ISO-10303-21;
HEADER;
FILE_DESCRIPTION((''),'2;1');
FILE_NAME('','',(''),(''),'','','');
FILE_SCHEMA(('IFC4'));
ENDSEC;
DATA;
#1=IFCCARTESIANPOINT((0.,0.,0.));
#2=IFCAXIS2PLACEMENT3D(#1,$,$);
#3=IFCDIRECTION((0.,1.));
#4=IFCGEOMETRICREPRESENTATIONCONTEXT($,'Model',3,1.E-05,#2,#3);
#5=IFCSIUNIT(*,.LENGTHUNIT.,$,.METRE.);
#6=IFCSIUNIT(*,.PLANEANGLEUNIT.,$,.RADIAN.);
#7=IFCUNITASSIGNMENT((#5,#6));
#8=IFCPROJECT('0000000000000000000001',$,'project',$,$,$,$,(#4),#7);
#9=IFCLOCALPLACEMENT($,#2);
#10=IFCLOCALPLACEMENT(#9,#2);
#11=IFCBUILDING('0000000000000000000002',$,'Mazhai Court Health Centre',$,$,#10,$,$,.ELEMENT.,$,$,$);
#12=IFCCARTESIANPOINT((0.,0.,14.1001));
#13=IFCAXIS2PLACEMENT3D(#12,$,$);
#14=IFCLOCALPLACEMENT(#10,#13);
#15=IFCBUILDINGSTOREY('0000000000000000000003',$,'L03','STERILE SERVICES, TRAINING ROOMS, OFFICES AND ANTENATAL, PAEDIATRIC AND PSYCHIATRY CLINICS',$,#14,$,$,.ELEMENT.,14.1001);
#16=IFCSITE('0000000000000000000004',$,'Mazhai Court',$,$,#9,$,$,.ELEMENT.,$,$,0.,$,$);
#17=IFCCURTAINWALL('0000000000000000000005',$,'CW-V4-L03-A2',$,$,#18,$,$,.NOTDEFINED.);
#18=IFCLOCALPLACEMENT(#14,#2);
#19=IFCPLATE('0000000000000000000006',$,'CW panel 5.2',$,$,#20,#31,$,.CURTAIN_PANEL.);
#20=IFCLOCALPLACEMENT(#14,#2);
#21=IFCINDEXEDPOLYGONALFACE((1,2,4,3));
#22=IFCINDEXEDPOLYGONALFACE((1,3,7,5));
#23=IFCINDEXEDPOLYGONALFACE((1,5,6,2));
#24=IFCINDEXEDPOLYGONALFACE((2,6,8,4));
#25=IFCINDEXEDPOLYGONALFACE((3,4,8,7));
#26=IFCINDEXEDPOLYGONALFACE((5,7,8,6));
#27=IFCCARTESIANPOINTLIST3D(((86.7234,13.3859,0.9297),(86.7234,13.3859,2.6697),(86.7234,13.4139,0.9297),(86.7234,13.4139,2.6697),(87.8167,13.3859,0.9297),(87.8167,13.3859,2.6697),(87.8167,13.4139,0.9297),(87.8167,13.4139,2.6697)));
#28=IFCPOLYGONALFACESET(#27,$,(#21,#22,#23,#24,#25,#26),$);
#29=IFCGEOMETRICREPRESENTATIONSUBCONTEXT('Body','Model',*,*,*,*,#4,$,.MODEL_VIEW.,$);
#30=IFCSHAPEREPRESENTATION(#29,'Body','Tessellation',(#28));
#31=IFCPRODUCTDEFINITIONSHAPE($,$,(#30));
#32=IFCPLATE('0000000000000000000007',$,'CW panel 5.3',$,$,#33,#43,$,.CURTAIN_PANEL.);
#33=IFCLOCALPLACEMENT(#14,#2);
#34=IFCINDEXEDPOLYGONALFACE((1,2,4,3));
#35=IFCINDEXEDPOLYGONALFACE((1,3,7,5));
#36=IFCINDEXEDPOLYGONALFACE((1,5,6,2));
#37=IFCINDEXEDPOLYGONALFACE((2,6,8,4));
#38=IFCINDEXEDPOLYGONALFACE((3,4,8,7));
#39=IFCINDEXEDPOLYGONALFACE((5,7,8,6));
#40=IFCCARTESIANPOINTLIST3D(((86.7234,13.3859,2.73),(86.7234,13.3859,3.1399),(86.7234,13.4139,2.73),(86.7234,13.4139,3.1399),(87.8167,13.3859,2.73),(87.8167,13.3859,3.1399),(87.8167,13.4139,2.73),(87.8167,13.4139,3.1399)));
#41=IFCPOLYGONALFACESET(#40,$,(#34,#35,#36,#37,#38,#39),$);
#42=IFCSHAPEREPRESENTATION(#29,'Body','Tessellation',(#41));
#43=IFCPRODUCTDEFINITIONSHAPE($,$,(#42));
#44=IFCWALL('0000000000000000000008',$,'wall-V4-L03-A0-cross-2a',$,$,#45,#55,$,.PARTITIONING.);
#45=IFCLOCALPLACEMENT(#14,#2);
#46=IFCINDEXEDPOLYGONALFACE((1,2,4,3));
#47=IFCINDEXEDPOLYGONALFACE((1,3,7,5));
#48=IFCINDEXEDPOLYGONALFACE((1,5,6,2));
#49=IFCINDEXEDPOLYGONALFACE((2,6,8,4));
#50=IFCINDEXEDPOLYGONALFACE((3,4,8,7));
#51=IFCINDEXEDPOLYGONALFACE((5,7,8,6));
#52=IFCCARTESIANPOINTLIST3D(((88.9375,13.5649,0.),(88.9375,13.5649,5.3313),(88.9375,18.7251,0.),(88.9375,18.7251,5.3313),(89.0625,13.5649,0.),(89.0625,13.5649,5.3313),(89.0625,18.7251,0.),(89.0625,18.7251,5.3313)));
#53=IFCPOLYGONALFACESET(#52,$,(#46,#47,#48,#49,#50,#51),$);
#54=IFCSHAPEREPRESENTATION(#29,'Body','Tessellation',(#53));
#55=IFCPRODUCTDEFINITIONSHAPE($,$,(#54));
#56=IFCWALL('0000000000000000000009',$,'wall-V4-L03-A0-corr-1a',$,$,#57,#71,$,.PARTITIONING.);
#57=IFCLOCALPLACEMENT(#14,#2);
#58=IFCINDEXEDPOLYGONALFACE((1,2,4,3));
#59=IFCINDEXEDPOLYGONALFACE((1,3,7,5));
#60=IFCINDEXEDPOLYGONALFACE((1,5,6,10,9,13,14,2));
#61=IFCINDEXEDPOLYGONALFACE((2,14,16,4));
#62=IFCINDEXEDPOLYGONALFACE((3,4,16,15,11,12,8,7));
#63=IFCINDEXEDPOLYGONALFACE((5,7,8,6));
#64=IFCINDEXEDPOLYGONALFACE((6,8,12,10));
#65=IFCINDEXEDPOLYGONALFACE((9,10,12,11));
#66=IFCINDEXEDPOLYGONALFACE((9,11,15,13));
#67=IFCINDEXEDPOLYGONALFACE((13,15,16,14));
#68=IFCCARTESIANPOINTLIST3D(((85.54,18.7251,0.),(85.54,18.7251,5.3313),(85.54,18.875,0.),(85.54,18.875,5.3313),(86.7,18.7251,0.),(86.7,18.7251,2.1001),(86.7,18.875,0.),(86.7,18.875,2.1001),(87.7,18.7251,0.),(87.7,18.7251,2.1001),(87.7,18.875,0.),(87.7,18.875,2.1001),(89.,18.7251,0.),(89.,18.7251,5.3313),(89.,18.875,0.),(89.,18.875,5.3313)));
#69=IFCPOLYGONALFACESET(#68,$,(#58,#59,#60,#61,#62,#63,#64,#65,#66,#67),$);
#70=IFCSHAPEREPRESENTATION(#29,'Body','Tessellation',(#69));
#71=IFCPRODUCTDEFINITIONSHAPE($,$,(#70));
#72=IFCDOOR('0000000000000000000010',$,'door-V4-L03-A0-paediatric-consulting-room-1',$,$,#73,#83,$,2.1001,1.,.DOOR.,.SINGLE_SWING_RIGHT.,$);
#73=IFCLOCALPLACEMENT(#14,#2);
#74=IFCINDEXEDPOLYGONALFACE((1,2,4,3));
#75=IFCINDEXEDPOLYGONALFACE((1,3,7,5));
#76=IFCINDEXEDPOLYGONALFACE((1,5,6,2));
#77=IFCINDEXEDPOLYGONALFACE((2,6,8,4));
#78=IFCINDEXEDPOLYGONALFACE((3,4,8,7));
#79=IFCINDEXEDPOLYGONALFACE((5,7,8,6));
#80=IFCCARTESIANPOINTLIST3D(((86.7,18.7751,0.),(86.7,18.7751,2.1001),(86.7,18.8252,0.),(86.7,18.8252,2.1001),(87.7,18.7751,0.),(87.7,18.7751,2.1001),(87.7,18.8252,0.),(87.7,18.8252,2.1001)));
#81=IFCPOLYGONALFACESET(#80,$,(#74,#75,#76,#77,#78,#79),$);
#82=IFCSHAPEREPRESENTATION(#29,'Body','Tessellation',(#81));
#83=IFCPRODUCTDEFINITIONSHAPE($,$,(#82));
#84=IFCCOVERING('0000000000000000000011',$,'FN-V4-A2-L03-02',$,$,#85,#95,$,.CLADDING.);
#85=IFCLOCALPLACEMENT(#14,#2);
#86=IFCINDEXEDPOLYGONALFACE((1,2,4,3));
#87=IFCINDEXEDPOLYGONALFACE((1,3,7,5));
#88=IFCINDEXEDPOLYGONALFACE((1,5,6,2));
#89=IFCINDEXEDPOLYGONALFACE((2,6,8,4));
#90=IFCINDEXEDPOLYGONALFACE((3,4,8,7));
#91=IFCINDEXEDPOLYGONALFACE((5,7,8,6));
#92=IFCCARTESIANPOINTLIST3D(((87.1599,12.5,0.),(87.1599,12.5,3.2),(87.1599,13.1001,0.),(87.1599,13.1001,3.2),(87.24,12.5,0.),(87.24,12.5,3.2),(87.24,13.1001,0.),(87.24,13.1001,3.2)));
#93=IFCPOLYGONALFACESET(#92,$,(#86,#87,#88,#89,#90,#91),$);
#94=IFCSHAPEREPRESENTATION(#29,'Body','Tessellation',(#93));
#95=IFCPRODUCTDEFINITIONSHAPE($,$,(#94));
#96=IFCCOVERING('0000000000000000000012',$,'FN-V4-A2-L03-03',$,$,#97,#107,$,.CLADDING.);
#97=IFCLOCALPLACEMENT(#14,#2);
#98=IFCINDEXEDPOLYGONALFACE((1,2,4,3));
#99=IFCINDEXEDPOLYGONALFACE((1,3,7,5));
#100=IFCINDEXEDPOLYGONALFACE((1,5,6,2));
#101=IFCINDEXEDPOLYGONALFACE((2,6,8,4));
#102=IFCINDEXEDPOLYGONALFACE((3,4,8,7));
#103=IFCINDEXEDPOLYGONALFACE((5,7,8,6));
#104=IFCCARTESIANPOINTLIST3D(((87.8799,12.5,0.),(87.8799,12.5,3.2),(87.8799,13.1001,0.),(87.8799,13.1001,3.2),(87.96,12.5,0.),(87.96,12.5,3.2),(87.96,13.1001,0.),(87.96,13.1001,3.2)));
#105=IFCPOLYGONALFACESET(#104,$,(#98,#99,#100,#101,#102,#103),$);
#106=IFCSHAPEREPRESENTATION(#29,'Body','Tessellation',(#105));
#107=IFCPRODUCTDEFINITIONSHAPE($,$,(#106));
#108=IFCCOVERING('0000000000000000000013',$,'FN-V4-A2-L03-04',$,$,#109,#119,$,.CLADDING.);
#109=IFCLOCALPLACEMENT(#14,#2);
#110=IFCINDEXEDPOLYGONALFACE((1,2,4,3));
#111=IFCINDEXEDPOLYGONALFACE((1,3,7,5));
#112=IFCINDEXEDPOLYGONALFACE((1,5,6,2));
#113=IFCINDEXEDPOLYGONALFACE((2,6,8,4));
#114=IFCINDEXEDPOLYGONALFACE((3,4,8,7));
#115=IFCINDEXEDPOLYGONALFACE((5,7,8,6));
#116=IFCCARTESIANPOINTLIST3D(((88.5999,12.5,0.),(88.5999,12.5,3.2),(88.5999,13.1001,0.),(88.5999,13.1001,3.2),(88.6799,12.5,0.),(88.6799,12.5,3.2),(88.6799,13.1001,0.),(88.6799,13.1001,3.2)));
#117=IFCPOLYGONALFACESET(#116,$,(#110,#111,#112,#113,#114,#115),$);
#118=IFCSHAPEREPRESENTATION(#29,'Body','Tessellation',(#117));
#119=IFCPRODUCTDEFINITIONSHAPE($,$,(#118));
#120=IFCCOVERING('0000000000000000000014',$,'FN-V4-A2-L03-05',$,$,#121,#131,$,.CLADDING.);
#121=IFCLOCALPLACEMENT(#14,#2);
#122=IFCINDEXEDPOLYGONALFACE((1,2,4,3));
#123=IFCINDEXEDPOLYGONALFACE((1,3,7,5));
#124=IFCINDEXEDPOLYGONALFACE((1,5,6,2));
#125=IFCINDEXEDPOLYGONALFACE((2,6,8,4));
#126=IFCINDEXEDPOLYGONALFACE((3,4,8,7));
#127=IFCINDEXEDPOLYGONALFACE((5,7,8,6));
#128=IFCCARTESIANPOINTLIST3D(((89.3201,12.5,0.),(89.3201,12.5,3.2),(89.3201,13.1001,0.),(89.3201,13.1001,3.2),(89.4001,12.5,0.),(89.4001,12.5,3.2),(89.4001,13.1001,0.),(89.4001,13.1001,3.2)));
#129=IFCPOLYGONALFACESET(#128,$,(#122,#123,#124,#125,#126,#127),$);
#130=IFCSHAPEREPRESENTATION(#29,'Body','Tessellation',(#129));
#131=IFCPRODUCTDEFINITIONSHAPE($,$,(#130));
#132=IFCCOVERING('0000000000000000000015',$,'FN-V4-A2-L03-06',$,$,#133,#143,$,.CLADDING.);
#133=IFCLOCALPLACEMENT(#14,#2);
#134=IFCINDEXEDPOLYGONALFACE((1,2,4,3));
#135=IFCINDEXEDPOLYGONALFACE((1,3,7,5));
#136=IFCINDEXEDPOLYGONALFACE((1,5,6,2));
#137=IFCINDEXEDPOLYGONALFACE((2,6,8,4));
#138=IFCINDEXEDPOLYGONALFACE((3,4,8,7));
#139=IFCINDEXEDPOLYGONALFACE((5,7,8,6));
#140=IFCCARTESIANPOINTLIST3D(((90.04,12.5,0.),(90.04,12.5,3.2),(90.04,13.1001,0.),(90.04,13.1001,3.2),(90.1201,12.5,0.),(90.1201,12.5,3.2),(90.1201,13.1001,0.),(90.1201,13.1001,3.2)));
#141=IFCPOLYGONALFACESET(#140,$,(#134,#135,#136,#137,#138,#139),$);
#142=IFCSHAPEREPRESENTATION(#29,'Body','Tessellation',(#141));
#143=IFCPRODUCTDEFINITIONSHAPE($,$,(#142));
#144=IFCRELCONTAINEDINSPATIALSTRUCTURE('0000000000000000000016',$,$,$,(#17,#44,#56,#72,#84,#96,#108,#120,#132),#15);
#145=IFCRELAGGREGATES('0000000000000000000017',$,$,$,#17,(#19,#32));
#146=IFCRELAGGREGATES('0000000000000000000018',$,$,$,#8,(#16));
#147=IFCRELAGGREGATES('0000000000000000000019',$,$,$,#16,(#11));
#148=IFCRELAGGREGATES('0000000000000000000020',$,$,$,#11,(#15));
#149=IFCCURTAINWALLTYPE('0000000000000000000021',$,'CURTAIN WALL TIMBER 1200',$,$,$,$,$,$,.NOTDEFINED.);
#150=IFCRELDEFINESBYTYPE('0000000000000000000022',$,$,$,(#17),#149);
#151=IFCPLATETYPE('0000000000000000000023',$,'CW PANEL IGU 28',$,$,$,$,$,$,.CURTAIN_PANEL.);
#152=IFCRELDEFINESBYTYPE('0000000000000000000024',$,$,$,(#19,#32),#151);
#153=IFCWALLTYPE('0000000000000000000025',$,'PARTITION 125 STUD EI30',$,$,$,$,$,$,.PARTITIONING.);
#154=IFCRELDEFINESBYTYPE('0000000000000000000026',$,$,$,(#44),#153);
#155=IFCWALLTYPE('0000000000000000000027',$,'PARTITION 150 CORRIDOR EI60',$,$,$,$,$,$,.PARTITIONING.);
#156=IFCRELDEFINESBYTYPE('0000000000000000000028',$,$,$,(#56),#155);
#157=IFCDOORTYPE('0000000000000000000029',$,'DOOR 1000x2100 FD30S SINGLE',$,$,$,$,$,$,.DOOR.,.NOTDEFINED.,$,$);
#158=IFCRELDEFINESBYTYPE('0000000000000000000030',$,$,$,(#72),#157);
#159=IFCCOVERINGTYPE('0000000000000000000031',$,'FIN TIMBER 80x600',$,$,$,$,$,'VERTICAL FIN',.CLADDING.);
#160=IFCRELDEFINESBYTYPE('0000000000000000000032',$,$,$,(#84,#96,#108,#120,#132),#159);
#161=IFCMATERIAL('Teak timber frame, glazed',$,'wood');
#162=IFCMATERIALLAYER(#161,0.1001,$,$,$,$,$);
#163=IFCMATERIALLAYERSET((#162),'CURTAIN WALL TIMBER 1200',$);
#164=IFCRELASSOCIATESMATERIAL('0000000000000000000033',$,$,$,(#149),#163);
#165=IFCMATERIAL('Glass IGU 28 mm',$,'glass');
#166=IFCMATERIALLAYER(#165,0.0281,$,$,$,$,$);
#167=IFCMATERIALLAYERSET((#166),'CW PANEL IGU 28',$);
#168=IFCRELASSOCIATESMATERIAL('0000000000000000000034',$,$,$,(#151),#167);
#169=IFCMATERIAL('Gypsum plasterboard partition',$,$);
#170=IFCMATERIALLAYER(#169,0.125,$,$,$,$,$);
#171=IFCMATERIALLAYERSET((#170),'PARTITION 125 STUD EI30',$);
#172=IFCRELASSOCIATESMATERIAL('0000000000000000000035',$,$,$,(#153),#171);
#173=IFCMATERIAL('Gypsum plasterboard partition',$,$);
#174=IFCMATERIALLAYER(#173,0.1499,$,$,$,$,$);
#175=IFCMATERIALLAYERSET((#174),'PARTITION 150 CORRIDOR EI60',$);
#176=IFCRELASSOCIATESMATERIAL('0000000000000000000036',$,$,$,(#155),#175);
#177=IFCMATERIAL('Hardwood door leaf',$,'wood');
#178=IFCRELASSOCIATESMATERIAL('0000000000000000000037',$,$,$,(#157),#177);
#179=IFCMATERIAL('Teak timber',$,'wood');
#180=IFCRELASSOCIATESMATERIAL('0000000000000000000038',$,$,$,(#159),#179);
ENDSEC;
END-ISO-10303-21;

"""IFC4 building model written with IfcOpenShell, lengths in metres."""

from ifc_helpers import new_model, si_unit, direction, frame, frame_2d, origin, origin_2d, place, context, subcontext, project, spatial, rectangle, extrude, material, layer, layer_set, type_object, element, fill, aggregate, save


model = new_model("IFC4")

# Units and contexts
model_context = context("Model", 3, precision=1e-05, world=origin(), true_north=direction((0.0, 1.0)))
body_context = subcontext(model_context, "Body", "Model", "MODEL_VIEW")
ifc_project = project(units=[si_unit("LENGTHUNIT", "METRE"), si_unit("PLANEANGLEUNIT", "RADIAN")], contexts=[model_context])

# Site, building, storey
site_placement = place(None, origin())
site = spatial("IfcSite", under=ifc_project, at=site_placement, Name="Mazhai Court", CompositionType="ELEMENT", RefElevation=0.0)
building_placement = place(site_placement, origin())
building = spatial("IfcBuilding", under=site, at=building_placement, Name="Mazhai Court Health Centre", CompositionType="ELEMENT")
storey_placement = place(building_placement, frame((0.0, 0.0, 14.1001)))
storey = spatial("IfcBuildingStorey", under=building, at=storey_placement, Name="L03", Description="STERILE SERVICES, TRAINING ROOMS, OFFICES AND ANTENATAL, PAEDIATRIC AND PSYCHIATRY CLINICS", CompositionType="ELEMENT", Elevation=14.1001)

# Curtain wall
ifc_material_1 = material(Name="Teak timber frame, glazed", Category="wood")
ifc_layer_1 = layer(ifc_material_1, 0.1001)
ifc_layer_set_1 = layer_set([ifc_layer_1], Name="CURTAIN WALL TIMBER 1200")
curtain_wall_type = type_object("IfcCurtainWallType", Name="CURTAIN WALL TIMBER 1200", PredefinedType="NOTDEFINED", material=ifc_layer_set_1)
curtain_wall_placement = place(storey_placement, origin())
curtain_wall = element("IfcCurtainWall", 1, at=curtain_wall_placement, inside=storey, type_object=curtain_wall_type, Name="CW-V4-L03-A2", PredefinedType="NOTDEFINED")

# Plates
ifc_material_2 = material(Name="Glass IGU 28 mm", Category="glass")
ifc_layer_2 = layer(ifc_material_2, 0.0281)
ifc_layer_set_2 = layer_set([ifc_layer_2], Name="CW PANEL IGU 28")
plate_type = type_object("IfcPlateType", Name="CW PANEL IGU 28", PredefinedType="CURTAIN_PANEL", material=ifc_layer_set_2)
plate_1_placement = place(storey_placement, frame((87.27, 13.3999, 0.9297), z_axis=(0.0, 0.0, 1.0), x_axis=(-1.0, 0.0, 0.0)))
plate_1 = element("IfcPlate", 2, at=plate_1_placement, type_object=plate_type, Name="CW panel 5.2", PredefinedType="CURTAIN_PANEL", context=body_context, shape_type="SweptSolid", body=[
    extrude(rectangle(XDim=1.0933, YDim=0.0281, at=origin_2d()), origin(), (0.0, 0.0, 1.0), 1.74),
])
plate_2_placement = place(storey_placement, frame((87.27, 13.3999, 2.73), z_axis=(0.0, 0.0, 1.0), x_axis=(-1.0, 0.0, 0.0)))
plate_2 = element("IfcPlate", 3, at=plate_2_placement, type_object=plate_type, Name="CW panel 5.3", PredefinedType="CURTAIN_PANEL", context=body_context, shape_type="SweptSolid", body=[
    extrude(rectangle(XDim=1.0933, YDim=0.0281, at=origin_2d()), origin(), (0.0, 0.0, 1.0), 0.4099),
])
aggregate(curtain_wall, [plate_1, plate_2])

# Wall
ifc_material_3 = material(Name="Gypsum plasterboard partition")
ifc_layer_3 = layer(ifc_material_3, 0.125)
ifc_layer_set_3 = layer_set([ifc_layer_3], Name="PARTITION 125 STUD EI30")
wall_type_1 = type_object("IfcWallType", Name="PARTITION 125 STUD EI30", PredefinedType="PARTITIONING", material=ifc_layer_set_3)
wall_1_placement = place(storey_placement, frame((89.0, 13.5649, 0.0), z_axis=(0.0, 0.0, 1.0), x_axis=(0.0, 1.0, 0.0)))
element("IfcWall", 4, at=wall_1_placement, inside=storey, type_object=wall_type_1, Name="wall-V4-L03-A0-cross-2a", PredefinedType="PARTITIONING", context=body_context, shape_type="SweptSolid", body=[
    extrude(rectangle(XDim=5.1602, YDim=0.125, at=frame_2d((2.5801, 0.0))), origin(), (0.0, 0.0, 1.0), 5.3313),
])

# Wall, opening, door
ifc_material_4 = material(Name="Gypsum plasterboard partition")
ifc_layer_4 = layer(ifc_material_4, 0.1499)
ifc_layer_set_4 = layer_set([ifc_layer_4], Name="PARTITION 150 CORRIDOR EI60")
wall_type_2 = type_object("IfcWallType", Name="PARTITION 150 CORRIDOR EI60", PredefinedType="PARTITIONING", material=ifc_layer_set_4)
wall_2_placement = place(storey_placement, frame((89.0, 18.8, 0.0), z_axis=(0.0, 0.0, 1.0), x_axis=(-1.0, 0.0, 0.0)))
wall_2 = element("IfcWall", 5, at=wall_2_placement, inside=storey, type_object=wall_type_2, Name="wall-V4-L03-A0-corr-1a", PredefinedType="PARTITIONING", context=body_context, shape_type="SweptSolid", body=[
    extrude(rectangle(XDim=3.46, YDim=0.1499, at=frame_2d((1.73, 0.0))), origin(), (0.0, 0.0, 1.0), 5.3313),
])
opening_placement = place(wall_2_placement, frame((1.3, 0.0, 0.0)))
opening = element("IfcOpeningElement", 6, at=opening_placement, cuts=wall_2, PredefinedType="OPENING", context=body_context, shape_type="SweptSolid", body=[
    extrude(rectangle(XDim=1.0, YDim=2.1001, at=frame_2d((0.5, 1.05))), frame((0.0, 0.085, 0.0), z_axis=(0.0, -1.0, 0.0), x_axis=(1.0, 0.0, 0.0)), (0.0, 0.0, 1.0), 0.1699),
])
ifc_material_5 = material(Name="Hardwood door leaf", Category="wood")
door_type = type_object("IfcDoorType", Name="DOOR 1000x2100 FD30S SINGLE", OperationType="NOTDEFINED", PredefinedType="DOOR", material=ifc_material_5)
door_placement = place(opening_placement, origin())
door = element("IfcDoor", 7, at=door_placement, inside=storey, type_object=door_type, Name="door-V4-L03-A0-paediatric-consulting-room-1", OperationType="SINGLE_SWING_RIGHT", OverallHeight=2.1001, OverallWidth=1.0, PredefinedType="DOOR", context=body_context, shape_type="SweptSolid", body=[
    extrude(rectangle(XDim=1.0, YDim=2.1001, at=frame_2d((0.5, 1.05))), frame((0.0, 0.0249, 0.0), z_axis=(0.0, -1.0, 0.0), x_axis=(1.0, 0.0, 0.0)), (0.0, 0.0, 1.0), 0.05),
])
fill(opening, door)

# Coverings
ifc_material_6 = material(Name="Teak timber", Category="wood")
covering_type = type_object("IfcCoveringType", Name="FIN TIMBER 80x600", ElementType="VERTICAL FIN", PredefinedType="CLADDING", material=ifc_material_6)
for number, where, z_axis, x_axis, name in (
    (8, (87.2, 12.8, 0.0), (0.0, 0.0, 1.0), (1.0, 0.0, 0.0), "FN-V4-A2-L03-02"),
    (9, (87.9199, 12.8, 0.0), (0.0, 0.0, 1.0), (1.0, 0.0, 0.0), "FN-V4-A2-L03-03"),
    (10, (88.6399, 12.8, 0.0), (0.0, 0.0, 1.0), (1.0, 0.0, 0.0), "FN-V4-A2-L03-04"),
    (11, (89.3601, 12.8, 0.0), (0.0, 0.0, 1.0), (1.0, 0.0, 0.0), "FN-V4-A2-L03-05"),
    (12, (90.0801, 12.8, 0.0), (0.0, 0.0, 1.0), (1.0, 0.0, 0.0), "FN-V4-A2-L03-06"),
):
    element("IfcCovering", number, at=place(storey_placement, frame(where, z_axis=z_axis, x_axis=x_axis)), inside=storey, type_object=covering_type, Name=name, PredefinedType="CLADDING", context=body_context, shape_type="SweptSolid", body=[
        extrude(rectangle(XDim=0.0801, YDim=0.6001, at=origin_2d()), origin(), (0.0, 0.0, 1.0), 3.2),
    ])

save(model, "model.ifc")
